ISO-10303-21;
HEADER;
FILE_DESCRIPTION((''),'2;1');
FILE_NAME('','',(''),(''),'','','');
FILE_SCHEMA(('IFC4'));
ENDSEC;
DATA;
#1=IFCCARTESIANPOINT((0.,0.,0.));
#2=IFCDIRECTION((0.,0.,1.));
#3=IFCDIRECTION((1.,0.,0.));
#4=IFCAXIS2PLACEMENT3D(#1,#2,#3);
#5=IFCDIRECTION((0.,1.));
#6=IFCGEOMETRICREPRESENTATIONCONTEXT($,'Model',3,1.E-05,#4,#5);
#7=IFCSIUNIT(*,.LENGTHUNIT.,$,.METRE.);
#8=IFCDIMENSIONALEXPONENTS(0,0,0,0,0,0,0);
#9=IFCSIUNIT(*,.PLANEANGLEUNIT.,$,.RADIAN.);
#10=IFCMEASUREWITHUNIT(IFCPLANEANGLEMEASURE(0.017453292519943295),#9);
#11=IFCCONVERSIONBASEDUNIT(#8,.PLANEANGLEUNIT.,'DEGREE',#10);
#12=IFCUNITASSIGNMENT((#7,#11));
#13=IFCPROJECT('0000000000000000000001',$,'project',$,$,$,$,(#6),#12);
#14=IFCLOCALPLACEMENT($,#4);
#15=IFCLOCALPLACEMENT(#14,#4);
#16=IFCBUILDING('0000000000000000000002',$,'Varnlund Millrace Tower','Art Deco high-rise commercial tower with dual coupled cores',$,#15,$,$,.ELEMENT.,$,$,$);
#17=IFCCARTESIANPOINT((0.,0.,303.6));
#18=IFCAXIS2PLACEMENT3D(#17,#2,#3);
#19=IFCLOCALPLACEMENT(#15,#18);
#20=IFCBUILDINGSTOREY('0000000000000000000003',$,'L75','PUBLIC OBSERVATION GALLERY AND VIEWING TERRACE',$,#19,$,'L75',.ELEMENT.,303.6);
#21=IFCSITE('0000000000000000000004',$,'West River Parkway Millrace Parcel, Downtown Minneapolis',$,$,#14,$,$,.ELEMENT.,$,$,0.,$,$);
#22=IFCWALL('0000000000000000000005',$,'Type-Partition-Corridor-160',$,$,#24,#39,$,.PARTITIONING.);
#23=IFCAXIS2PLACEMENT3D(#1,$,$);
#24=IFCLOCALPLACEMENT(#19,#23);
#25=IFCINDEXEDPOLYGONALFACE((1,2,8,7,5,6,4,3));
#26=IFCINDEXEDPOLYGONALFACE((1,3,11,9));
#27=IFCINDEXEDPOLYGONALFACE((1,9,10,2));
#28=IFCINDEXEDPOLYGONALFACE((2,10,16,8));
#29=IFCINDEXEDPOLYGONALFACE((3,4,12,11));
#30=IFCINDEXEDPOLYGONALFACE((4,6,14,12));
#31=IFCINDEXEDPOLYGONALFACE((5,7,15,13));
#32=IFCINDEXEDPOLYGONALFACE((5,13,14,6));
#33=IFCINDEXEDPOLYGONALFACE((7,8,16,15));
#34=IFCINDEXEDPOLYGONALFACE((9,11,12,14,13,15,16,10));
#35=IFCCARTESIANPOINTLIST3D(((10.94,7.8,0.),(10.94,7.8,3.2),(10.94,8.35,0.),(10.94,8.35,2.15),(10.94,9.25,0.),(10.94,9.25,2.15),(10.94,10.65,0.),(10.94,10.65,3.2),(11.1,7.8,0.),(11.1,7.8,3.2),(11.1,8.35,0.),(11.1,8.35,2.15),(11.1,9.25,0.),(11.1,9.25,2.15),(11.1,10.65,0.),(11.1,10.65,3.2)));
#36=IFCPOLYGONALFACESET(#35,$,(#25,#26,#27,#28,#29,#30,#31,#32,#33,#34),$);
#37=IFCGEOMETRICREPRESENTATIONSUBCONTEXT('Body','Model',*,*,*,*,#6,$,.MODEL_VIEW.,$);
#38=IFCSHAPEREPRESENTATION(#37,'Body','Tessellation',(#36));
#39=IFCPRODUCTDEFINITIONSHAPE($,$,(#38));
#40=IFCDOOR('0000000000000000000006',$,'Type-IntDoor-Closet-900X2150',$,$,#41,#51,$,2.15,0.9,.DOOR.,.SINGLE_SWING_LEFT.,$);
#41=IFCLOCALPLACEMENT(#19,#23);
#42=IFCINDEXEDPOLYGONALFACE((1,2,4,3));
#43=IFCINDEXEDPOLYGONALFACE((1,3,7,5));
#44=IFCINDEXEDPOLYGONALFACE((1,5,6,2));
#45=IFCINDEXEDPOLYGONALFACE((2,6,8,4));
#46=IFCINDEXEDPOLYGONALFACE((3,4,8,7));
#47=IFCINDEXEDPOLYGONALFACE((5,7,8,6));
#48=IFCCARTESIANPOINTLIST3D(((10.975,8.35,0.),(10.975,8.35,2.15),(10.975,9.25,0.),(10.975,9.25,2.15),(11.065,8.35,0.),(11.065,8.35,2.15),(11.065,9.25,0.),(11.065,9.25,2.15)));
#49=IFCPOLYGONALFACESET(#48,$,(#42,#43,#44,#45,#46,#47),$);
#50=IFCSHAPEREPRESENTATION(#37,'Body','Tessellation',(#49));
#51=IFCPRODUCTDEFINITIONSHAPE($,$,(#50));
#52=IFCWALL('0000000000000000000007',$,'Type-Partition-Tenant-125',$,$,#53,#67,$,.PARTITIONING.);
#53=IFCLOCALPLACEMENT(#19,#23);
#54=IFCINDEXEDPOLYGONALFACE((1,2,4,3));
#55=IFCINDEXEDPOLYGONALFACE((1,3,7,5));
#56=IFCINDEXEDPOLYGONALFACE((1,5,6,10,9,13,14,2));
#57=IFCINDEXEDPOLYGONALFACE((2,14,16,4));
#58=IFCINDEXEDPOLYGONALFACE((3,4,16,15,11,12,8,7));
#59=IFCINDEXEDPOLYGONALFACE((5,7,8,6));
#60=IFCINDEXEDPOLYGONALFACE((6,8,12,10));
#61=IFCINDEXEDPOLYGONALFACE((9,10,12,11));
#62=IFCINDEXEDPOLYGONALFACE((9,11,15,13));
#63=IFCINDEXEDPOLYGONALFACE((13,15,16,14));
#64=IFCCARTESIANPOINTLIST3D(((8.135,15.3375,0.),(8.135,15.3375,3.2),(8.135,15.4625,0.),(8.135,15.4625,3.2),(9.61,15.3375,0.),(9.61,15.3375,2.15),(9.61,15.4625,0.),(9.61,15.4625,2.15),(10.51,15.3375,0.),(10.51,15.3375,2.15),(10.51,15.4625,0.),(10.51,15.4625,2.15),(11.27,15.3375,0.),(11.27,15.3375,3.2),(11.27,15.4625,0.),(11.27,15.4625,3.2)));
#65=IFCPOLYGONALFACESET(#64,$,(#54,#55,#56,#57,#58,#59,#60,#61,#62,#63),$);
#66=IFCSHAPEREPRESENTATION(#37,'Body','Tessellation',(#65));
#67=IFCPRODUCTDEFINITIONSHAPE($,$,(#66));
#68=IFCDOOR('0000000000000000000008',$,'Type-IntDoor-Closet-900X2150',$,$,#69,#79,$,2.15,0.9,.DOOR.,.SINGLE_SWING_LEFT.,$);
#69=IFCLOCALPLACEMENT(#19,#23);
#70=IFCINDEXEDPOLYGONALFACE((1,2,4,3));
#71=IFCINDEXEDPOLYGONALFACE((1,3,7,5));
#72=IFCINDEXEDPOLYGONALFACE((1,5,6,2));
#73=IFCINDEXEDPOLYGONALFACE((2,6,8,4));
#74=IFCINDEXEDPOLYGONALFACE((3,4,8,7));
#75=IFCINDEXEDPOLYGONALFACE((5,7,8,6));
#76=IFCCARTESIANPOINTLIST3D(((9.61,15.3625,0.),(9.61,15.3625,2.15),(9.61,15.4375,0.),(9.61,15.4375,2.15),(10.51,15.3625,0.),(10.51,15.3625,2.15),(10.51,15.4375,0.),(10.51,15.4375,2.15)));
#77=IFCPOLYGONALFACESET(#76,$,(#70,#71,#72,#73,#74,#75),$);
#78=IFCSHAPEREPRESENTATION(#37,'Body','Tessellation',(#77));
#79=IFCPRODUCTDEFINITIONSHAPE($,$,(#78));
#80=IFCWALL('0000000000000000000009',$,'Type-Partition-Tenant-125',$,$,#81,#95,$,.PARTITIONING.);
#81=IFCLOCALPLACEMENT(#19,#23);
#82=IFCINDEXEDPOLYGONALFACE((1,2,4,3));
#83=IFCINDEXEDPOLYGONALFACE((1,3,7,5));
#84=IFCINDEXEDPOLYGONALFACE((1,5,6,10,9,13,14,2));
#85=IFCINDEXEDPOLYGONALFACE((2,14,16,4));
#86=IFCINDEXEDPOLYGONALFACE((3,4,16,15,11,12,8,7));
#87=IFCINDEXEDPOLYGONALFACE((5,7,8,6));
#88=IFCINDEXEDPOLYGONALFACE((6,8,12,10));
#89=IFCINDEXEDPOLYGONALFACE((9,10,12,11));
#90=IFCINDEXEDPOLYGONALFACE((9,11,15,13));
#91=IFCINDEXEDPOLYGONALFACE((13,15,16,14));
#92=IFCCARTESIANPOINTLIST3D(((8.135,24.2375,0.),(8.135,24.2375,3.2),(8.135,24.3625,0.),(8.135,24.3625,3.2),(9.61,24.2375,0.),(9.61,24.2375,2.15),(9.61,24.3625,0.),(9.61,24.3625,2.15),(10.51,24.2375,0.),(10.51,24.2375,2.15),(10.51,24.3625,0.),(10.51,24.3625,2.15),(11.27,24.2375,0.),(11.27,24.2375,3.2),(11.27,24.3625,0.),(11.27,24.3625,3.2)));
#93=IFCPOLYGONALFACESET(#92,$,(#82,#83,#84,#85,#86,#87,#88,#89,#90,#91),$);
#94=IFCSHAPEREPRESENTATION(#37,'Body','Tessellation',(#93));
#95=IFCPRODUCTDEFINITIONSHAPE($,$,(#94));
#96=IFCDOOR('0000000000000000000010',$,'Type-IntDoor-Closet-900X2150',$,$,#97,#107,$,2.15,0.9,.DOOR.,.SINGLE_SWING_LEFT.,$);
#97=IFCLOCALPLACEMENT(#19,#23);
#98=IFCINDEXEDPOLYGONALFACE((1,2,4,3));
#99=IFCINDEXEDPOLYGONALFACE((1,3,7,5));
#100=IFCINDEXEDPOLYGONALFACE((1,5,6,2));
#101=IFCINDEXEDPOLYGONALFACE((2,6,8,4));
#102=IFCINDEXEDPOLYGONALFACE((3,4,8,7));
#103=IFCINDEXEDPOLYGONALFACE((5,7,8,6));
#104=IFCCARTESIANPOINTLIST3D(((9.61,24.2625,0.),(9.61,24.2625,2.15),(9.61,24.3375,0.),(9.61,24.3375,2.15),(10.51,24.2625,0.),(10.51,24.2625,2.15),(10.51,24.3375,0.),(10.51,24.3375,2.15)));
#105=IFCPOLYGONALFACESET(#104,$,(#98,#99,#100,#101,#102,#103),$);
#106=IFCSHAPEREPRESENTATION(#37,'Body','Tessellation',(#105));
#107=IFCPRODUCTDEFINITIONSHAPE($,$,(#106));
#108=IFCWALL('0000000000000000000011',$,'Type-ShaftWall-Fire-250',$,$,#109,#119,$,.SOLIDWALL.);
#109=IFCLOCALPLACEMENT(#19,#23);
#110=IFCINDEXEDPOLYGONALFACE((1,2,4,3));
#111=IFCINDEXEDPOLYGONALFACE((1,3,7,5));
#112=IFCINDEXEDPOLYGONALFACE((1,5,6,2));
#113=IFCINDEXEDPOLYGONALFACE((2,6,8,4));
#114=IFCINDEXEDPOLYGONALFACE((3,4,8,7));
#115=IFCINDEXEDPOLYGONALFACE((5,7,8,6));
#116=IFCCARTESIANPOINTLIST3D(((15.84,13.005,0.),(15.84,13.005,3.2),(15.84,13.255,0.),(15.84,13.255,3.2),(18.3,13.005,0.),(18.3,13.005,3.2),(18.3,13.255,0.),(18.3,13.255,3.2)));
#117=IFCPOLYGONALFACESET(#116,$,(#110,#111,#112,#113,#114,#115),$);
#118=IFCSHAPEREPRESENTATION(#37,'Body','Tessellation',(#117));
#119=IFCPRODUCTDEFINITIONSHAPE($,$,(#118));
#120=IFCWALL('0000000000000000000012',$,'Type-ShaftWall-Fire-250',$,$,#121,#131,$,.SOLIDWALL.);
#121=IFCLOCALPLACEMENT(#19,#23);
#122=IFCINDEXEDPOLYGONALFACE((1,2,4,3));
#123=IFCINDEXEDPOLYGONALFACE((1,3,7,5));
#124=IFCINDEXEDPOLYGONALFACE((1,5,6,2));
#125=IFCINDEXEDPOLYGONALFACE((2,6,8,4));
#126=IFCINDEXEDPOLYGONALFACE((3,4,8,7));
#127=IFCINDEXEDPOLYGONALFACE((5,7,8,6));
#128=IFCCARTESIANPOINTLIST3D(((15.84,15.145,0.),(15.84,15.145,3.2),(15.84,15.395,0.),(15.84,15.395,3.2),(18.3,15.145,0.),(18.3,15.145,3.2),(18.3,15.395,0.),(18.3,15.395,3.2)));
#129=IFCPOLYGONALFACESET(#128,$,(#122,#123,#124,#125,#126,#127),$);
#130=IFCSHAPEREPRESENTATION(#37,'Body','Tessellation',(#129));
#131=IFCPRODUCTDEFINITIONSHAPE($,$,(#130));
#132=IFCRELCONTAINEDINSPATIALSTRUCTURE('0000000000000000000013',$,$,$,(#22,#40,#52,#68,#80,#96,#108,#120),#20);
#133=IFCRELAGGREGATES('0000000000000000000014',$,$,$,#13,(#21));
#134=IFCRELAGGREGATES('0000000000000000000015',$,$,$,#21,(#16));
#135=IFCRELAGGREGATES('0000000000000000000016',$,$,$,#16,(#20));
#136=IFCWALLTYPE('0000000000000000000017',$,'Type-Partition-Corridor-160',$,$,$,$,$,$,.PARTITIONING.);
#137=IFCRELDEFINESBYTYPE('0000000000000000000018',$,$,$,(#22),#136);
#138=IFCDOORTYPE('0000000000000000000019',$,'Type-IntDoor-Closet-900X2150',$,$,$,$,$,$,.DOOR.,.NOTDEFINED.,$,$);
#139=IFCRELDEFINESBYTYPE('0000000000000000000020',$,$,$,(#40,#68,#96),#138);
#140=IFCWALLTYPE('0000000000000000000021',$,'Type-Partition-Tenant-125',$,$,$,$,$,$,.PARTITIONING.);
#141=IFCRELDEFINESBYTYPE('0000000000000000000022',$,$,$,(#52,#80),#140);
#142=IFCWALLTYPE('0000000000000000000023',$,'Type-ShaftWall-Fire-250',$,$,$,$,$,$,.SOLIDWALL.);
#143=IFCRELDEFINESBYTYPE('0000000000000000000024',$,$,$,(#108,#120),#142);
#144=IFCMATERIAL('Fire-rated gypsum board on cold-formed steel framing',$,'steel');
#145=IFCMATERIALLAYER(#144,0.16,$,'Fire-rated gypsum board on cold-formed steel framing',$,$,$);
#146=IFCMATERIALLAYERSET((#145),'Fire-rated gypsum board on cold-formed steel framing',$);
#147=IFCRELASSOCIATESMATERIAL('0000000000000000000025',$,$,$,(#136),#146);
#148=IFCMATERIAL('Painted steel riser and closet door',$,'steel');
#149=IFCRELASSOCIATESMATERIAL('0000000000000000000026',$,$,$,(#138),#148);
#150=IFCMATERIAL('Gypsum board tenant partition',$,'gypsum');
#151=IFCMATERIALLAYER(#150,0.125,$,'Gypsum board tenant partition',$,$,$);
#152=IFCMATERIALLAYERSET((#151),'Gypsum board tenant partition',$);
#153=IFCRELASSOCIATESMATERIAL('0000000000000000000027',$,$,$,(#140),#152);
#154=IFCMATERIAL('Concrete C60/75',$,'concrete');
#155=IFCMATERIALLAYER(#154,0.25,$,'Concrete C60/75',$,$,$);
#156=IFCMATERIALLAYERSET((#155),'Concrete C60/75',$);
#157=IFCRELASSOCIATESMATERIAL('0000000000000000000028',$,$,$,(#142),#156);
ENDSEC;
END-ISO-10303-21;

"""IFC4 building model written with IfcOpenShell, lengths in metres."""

from ifc_helpers import new_model, entity, si_unit, converted_unit, direction, frame, origin_with_axes, origin_2d_with_axis, place, context, subcontext, project, spatial, polyline, rectangle, outline, extrude, material, layer, layer_set, type_object, element, fill, save


model = new_model("IFC4")

# Units and contexts
model_context = context("Model", 3, precision=1e-05, world=origin_with_axes(), true_north=direction((0.0, 1.0)))
body_context = subcontext(model_context, "Body", "Model", "MODEL_VIEW")
ifc_project = project(units=[si_unit("LENGTHUNIT", "METRE"), converted_unit("PLANEANGLEUNIT", "DEGREE", entity("IfcPlaneAngleMeasure", 0.017453292519943295), si_unit("PLANEANGLEUNIT", "RADIAN"), dimensions=[0, 0, 0, 0, 0, 0, 0])], contexts=[model_context])

# Site, building, storey
site_placement = place(None, origin_with_axes())
site = spatial("IfcSite", under=ifc_project, at=site_placement, Name="West River Parkway Millrace Parcel, Downtown Minneapolis", CompositionType="ELEMENT", RefElevation=0.0)
building_placement = place(site_placement, origin_with_axes())
building = spatial("IfcBuilding", under=site, at=building_placement, Name="Varnlund Millrace Tower", Description="Art Deco high-rise commercial tower with dual coupled cores", CompositionType="ELEMENT")
storey_placement = place(building_placement, frame((0.0, 0.0, 303.6), z_axis=(0.0, 0.0, 1.0), x_axis=(1.0, 0.0, 0.0)))
storey = spatial("IfcBuildingStorey", under=building, at=storey_placement, Name="L75", Description="PUBLIC OBSERVATION GALLERY AND VIEWING TERRACE", LongName="L75", CompositionType="ELEMENT", Elevation=303.6)

# Shared definitions
ifc_material_1 = material(Name="Concrete C60/75", Category="concrete")

# Shared definitions
ifc_material_2 = material(Name="Fire-rated gypsum board on cold-formed steel framing", Category="steel")
ifc_layer_1 = layer(ifc_material_2, 0.16, Name="Fire-rated gypsum board on cold-formed steel framing")
ifc_layer_set_1 = layer_set([ifc_layer_1], Name="Fire-rated gypsum board on cold-formed steel framing")
wall_type_1 = type_object("IfcWallType", Name="Type-Partition-Corridor-160", PredefinedType="PARTITIONING", material=ifc_layer_set_1)

# Shared definitions
ifc_material_3 = material(Name="Painted steel riser and closet door", Category="steel")
door_type_1 = type_object("IfcDoorType", Name="Type-IntDoor-Closet-900X2150", OperationType="NOTDEFINED", PredefinedType="DOOR", material=ifc_material_3)

# Walls, openings, doors
wall_1_placement = place(storey_placement, frame((11.02, 7.8, 0.0), z_axis=(0.0, 0.0, 1.0), x_axis=(0.0, 1.0, 0.0)))
wall_1 = element("IfcWall", 1, at=wall_1_placement, inside=storey, type_object=wall_type_1, Name="Type-Partition-Corridor-160", PredefinedType="PARTITIONING", context=body_context, shape_type="SweptSolid", body=[
    extrude(outline(polyline([(0.0, -0.08), (2.85, -0.08), (2.85, 0.08), (0.0, 0.08), (0.0, -0.08)])), origin_with_axes(), (0.0, 0.0, 1.0), 3.2),
])
opening_1_placement = place(wall_1_placement, frame((1.0, 0.0, 0.0), z_axis=(0.0, 0.0, 1.0), x_axis=(1.0, 0.0, 0.0)))
opening_1 = element("IfcOpeningElement", 2, at=opening_1_placement, cuts=wall_1, PredefinedType="OPENING", context=body_context, shape_type="SweptSolid", body=[
    extrude(rectangle(XDim=0.9, YDim=0.18, at=origin_2d_with_axis()), origin_with_axes(), (0.0, 0.0, 1.0), 2.15),
])
door_1_placement = place(wall_1_placement, frame((1.0, 0.0, 0.0), z_axis=(0.0, 0.0, 1.0), x_axis=(1.0, 0.0, 0.0)))
door_1 = element("IfcDoor", 3, at=door_1_placement, inside=storey, type_object=door_type_1, Name="Type-IntDoor-Closet-900X2150", OperationType="SINGLE_SWING_LEFT", OverallHeight=2.15, OverallWidth=0.9, PredefinedType="DOOR", context=body_context, shape_type="SweptSolid", body=[
    extrude(rectangle(XDim=0.9, YDim=0.09, at=origin_2d_with_axis()), origin_with_axes(), (0.0, 0.0, 1.0), 2.15),
])
fill(opening_1, door_1)
ifc_material_4 = material(Name="Gypsum board tenant partition", Category="gypsum")
ifc_layer_2 = layer(ifc_material_4, 0.125, Name="Gypsum board tenant partition")
ifc_layer_set_2 = layer_set([ifc_layer_2], Name="Gypsum board tenant partition")
wall_type_2 = type_object("IfcWallType", Name="Type-Partition-Tenant-125", PredefinedType="PARTITIONING", material=ifc_layer_set_2)
wall_2_placement = place(storey_placement, frame((8.135, 15.4, 0.0), z_axis=(0.0, 0.0, 1.0), x_axis=(1.0, 0.0, 0.0)))
wall_2 = element("IfcWall", 4, at=wall_2_placement, inside=storey, type_object=wall_type_2, Name="Type-Partition-Tenant-125", PredefinedType="PARTITIONING", context=body_context, shape_type="SweptSolid", body=[
    extrude(outline(polyline([(0.0, -0.0625), (3.135, -0.0625), (3.135, 0.0625), (0.0, 0.0625), (0.0, -0.0625)])), origin_with_axes(), (0.0, 0.0, 1.0), 3.2),
])
opening_2_placement = place(wall_2_placement, frame((1.925, 0.0, 0.0), z_axis=(0.0, 0.0, 1.0), x_axis=(1.0, 0.0, 0.0)))
opening_2 = element("IfcOpeningElement", 5, at=opening_2_placement, cuts=wall_2, PredefinedType="OPENING", context=body_context, shape_type="SweptSolid", body=[
    extrude(rectangle(XDim=0.9, YDim=0.145, at=origin_2d_with_axis()), origin_with_axes(), (0.0, 0.0, 1.0), 2.15),
])
door_2_placement = place(wall_2_placement, frame((1.925, 0.0, 0.0), z_axis=(0.0, 0.0, 1.0), x_axis=(1.0, 0.0, 0.0)))
door_2 = element("IfcDoor", 6, at=door_2_placement, inside=storey, type_object=door_type_1, Name="Type-IntDoor-Closet-900X2150", OperationType="SINGLE_SWING_LEFT", OverallHeight=2.15, OverallWidth=0.9, PredefinedType="DOOR", context=body_context, shape_type="SweptSolid", body=[
    extrude(rectangle(XDim=0.9, YDim=0.075, at=origin_2d_with_axis()), origin_with_axes(), (0.0, 0.0, 1.0), 2.15),
])
fill(opening_2, door_2)
wall_3_placement = place(storey_placement, frame((8.135, 24.3, 0.0), z_axis=(0.0, 0.0, 1.0), x_axis=(1.0, 0.0, 0.0)))
wall_3 = element("IfcWall", 7, at=wall_3_placement, inside=storey, type_object=wall_type_2, Name="Type-Partition-Tenant-125", PredefinedType="PARTITIONING", context=body_context, shape_type="SweptSolid", body=[
    extrude(outline(polyline([(0.0, -0.0625), (3.135, -0.0625), (3.135, 0.0625), (0.0, 0.0625), (0.0, -0.0625)])), origin_with_axes(), (0.0, 0.0, 1.0), 3.2),
])
opening_3_placement = place(wall_3_placement, frame((1.925, 0.0, 0.0), z_axis=(0.0, 0.0, 1.0), x_axis=(1.0, 0.0, 0.0)))
opening_3 = element("IfcOpeningElement", 8, at=opening_3_placement, cuts=wall_3, PredefinedType="OPENING", context=body_context, shape_type="SweptSolid", body=[
    extrude(rectangle(XDim=0.9, YDim=0.145, at=origin_2d_with_axis()), origin_with_axes(), (0.0, 0.0, 1.0), 2.15),
])
door_3_placement = place(wall_3_placement, frame((1.925, 0.0, 0.0), z_axis=(0.0, 0.0, 1.0), x_axis=(1.0, 0.0, 0.0)))
door_3 = element("IfcDoor", 9, at=door_3_placement, inside=storey, type_object=door_type_1, Name="Type-IntDoor-Closet-900X2150", OperationType="SINGLE_SWING_LEFT", OverallHeight=2.15, OverallWidth=0.9, PredefinedType="DOOR", context=body_context, shape_type="SweptSolid", body=[
    extrude(rectangle(XDim=0.9, YDim=0.075, at=origin_2d_with_axis()), origin_with_axes(), (0.0, 0.0, 1.0), 2.15),
])
fill(opening_3, door_3)

# Walls
ifc_layer_3 = layer(ifc_material_1, 0.25, Name="Concrete C60/75")
ifc_layer_set_3 = layer_set([ifc_layer_3], Name="Concrete C60/75")
wall_type_3 = type_object("IfcWallType", Name="Type-ShaftWall-Fire-250", PredefinedType="SOLIDWALL", material=ifc_layer_set_3)
for number, where, z_axis, x_axis, name in (
    (10, (15.84, 13.13, 0.0), (0.0, 0.0, 1.0), (1.0, 0.0, 0.0), "Type-ShaftWall-Fire-250"),
    (11, (15.84, 15.27, 0.0), (0.0, 0.0, 1.0), (1.0, 0.0, 0.0), "Type-ShaftWall-Fire-250"),
):
    element("IfcWall", number, at=place(storey_placement, frame(where, z_axis=z_axis, x_axis=x_axis)), inside=storey, type_object=wall_type_3, Name=name, PredefinedType="SOLIDWALL", context=body_context, shape_type="SweptSolid", body=[
        extrude(outline(polyline([(0.0, -0.125), (2.46, -0.125), (2.46, 0.125), (0.0, 0.125), (0.0, -0.125)])), origin_with_axes(), (0.0, 0.0, 1.0), 3.2),
    ])

save(model, "model.ifc")
